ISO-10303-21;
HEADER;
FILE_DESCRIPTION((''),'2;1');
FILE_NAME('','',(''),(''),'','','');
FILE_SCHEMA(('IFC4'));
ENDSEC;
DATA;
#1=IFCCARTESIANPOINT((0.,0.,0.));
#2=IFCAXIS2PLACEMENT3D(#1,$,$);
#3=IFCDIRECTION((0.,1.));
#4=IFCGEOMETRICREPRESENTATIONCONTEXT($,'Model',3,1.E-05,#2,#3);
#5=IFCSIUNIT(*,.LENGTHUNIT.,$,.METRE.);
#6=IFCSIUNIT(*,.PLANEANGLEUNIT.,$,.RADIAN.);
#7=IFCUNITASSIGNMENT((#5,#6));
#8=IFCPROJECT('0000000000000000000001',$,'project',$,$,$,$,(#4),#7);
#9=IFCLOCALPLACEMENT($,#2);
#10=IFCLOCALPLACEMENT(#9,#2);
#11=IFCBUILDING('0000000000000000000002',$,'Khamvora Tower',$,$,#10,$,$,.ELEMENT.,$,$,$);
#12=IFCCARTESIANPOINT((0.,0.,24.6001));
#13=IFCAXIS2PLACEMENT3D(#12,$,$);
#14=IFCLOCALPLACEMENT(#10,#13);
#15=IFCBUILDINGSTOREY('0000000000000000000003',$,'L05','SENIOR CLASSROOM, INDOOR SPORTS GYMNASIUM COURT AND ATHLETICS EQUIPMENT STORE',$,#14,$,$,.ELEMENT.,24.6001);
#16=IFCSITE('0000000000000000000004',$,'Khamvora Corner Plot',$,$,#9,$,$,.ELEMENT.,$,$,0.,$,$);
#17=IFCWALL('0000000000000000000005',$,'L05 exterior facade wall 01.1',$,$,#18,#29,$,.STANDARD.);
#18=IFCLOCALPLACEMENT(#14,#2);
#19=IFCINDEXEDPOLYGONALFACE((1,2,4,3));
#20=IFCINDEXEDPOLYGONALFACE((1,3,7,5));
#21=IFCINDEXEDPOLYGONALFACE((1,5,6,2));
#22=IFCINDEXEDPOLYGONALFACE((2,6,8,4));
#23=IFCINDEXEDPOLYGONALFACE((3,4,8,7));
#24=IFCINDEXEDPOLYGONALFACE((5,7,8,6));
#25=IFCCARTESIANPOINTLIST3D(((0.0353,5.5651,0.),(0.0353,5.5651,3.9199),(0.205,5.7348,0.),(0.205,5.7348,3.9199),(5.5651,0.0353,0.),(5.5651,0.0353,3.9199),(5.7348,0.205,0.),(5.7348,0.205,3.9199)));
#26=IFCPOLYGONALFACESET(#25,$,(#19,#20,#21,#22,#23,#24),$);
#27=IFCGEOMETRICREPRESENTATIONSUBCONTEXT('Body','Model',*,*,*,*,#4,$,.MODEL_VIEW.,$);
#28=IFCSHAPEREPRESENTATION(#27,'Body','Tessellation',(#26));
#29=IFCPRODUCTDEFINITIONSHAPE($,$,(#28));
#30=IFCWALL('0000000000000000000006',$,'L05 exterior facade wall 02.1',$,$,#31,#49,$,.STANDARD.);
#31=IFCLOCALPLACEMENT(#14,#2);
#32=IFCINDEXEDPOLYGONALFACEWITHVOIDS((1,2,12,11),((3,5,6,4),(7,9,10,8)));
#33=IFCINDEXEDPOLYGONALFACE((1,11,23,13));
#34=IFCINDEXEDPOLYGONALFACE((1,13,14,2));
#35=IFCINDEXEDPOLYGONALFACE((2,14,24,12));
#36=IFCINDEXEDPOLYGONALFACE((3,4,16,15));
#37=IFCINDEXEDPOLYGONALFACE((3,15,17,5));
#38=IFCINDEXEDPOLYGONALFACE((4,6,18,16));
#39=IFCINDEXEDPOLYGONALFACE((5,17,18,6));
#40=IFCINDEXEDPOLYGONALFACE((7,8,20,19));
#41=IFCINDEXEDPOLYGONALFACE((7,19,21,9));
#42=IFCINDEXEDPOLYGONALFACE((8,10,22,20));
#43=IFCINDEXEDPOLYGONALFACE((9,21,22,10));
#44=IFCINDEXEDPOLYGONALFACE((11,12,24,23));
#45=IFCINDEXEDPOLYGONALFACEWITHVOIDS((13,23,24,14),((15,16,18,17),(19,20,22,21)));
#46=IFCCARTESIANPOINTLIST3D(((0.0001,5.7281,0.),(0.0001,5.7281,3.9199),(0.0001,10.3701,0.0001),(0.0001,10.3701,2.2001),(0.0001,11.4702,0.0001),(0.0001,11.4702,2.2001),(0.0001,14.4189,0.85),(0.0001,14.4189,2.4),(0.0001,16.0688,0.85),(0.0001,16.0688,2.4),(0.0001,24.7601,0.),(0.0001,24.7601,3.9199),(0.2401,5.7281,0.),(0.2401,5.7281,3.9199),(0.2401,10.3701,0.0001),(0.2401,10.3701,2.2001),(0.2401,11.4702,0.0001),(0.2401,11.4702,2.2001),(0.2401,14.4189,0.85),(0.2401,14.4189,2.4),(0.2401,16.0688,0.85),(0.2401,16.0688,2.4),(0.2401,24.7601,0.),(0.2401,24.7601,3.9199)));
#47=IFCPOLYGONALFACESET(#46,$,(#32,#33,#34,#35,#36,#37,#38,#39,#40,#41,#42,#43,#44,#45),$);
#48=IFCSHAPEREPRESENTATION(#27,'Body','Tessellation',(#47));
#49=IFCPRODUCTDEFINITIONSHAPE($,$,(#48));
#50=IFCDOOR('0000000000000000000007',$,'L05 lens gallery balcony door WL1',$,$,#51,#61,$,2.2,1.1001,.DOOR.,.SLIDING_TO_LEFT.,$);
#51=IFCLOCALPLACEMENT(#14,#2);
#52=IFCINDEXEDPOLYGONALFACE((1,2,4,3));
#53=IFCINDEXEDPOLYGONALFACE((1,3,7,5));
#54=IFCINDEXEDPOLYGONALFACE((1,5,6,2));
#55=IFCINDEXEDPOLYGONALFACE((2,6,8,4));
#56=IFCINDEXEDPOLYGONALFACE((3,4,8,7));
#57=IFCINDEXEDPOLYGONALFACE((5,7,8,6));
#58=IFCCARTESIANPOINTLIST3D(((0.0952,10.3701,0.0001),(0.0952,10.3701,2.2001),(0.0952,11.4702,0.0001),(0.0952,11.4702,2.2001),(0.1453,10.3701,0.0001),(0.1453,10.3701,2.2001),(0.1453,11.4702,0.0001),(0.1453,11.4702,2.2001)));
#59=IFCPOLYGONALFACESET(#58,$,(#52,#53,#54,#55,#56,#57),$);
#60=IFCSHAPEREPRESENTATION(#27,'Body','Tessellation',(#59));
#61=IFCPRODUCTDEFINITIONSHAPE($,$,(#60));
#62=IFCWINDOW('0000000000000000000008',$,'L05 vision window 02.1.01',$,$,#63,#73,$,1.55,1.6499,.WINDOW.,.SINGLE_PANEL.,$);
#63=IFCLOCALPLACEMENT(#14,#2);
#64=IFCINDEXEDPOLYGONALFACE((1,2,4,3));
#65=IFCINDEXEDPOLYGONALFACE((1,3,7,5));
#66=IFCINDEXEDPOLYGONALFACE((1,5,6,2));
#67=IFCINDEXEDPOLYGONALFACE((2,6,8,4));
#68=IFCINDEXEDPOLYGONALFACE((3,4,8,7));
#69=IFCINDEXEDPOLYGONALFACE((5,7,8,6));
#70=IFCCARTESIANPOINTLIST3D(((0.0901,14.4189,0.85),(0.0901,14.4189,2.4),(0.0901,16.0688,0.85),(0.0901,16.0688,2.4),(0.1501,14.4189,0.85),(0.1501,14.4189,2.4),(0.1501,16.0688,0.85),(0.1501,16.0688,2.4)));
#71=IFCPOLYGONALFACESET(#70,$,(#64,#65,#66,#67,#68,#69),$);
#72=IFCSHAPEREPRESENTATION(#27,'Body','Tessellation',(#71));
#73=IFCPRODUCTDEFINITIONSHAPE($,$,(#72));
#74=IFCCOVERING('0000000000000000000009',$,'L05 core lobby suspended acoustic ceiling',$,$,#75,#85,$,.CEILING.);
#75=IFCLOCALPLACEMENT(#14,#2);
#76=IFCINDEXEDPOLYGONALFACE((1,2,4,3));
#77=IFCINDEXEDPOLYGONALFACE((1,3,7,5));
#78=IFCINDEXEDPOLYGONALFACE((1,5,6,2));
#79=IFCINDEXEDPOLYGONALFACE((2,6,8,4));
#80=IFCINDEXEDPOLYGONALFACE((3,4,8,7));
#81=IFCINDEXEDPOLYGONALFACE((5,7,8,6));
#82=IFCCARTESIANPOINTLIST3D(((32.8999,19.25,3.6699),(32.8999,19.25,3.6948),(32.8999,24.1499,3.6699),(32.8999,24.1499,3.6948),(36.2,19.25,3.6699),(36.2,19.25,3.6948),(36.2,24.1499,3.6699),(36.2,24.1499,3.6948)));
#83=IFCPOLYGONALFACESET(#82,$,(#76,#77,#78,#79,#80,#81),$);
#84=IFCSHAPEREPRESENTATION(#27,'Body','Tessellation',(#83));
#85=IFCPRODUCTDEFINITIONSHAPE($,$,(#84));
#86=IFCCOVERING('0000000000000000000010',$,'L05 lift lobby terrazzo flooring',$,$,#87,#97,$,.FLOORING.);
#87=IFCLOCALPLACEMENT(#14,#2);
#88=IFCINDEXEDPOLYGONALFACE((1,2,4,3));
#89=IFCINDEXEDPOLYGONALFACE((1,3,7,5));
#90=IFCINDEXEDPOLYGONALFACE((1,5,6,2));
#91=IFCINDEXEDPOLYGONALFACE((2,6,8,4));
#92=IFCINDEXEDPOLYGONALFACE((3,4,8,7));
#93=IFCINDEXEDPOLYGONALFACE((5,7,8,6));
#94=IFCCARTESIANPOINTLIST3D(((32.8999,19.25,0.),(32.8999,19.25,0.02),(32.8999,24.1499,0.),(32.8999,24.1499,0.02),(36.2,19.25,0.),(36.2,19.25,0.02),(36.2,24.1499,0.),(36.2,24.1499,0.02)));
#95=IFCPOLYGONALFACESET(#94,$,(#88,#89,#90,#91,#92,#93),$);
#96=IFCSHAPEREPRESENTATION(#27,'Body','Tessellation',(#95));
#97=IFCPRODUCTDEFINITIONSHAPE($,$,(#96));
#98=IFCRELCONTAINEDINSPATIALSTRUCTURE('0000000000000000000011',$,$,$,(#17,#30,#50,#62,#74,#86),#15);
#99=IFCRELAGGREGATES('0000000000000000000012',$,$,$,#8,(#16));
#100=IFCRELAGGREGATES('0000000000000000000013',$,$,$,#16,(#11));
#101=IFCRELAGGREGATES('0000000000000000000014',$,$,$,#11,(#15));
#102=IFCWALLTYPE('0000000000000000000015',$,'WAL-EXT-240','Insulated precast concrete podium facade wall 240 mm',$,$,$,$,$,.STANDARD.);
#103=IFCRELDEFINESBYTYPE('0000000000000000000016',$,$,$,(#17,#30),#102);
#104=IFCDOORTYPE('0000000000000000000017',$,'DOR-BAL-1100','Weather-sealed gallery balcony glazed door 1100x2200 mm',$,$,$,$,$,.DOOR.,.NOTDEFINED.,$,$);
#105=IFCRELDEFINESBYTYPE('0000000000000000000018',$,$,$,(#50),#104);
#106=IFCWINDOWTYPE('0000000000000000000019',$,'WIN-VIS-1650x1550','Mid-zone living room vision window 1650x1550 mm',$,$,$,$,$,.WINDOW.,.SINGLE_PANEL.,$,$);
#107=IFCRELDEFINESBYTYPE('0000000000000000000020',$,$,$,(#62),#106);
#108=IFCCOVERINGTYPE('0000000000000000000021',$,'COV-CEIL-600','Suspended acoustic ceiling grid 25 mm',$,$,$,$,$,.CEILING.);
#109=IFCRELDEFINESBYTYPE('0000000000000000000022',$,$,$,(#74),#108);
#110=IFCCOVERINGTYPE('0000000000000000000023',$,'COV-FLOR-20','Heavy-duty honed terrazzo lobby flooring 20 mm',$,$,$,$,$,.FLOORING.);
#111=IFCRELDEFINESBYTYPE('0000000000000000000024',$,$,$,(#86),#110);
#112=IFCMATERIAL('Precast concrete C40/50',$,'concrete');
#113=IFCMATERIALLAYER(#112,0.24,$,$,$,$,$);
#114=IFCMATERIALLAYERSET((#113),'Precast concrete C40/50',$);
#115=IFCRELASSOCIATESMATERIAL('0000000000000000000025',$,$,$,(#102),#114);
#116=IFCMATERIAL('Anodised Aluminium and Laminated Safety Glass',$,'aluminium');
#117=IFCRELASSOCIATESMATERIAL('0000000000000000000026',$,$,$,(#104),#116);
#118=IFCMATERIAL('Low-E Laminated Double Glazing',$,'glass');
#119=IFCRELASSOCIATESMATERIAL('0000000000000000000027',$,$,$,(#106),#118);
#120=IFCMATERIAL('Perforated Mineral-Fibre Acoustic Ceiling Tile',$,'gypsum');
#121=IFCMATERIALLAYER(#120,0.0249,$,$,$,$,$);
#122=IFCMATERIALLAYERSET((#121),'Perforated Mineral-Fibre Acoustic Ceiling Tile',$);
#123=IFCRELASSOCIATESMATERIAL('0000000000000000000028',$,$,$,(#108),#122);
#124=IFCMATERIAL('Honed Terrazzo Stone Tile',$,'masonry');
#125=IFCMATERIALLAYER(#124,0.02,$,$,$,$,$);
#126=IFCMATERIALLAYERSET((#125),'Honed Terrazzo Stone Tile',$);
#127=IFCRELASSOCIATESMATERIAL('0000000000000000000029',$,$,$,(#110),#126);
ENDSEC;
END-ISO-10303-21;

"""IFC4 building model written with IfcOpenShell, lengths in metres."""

from ifc_helpers import new_model, si_unit, direction, frame, frame_2d, origin, place, context, subcontext, project, spatial, polyline, rectangle, outline, extrude, material, layer, layer_set, type_object, element, fill, save


model = new_model("IFC4")

# Units and contexts
model_context = context("Model", 3, precision=1e-05, world=origin(), true_north=direction((0.0, 1.0)))
body_context = subcontext(model_context, "Body", "Model", "MODEL_VIEW")
ifc_project = project(units=[si_unit("LENGTHUNIT", "METRE"), si_unit("PLANEANGLEUNIT", "RADIAN")], contexts=[model_context])

# Site, building, storey
site_placement = place(None, origin())
site = spatial("IfcSite", under=ifc_project, at=site_placement, Name="Khamvora Corner Plot", CompositionType="ELEMENT", RefElevation=0.0)
building_placement = place(site_placement, origin())
building = spatial("IfcBuilding", under=site, at=building_placement, Name="Khamvora Tower", CompositionType="ELEMENT")
storey_placement = place(building_placement, frame((0.0, 0.0, 24.6001)))
storey = spatial("IfcBuildingStorey", under=building, at=storey_placement, Name="L05", Description="SENIOR CLASSROOM, INDOOR SPORTS GYMNASIUM COURT AND ATHLETICS EQUIPMENT STORE", CompositionType="ELEMENT", Elevation=24.6001)

# Wall
ifc_material_1 = material(Name="Precast concrete C40/50", Category="concrete")
ifc_layer_1 = layer(ifc_material_1, 0.24)
ifc_layer_set_1 = layer_set([ifc_layer_1], Name="Precast concrete C40/50")
wall_type = type_object("IfcWallType", Name="WAL-EXT-240", Description="Insulated precast concrete podium facade wall 240 mm", PredefinedType="STANDARD", material=ifc_layer_set_1)
wall_1_placement = place(storey_placement, frame((5.6499, 0.1201, 0.0), z_axis=(0.0, 0.0, 1.0), x_axis=(-0.707107, 0.707107, 0.0)))
element("IfcWall", 1, at=wall_1_placement, inside=storey, type_object=wall_type, Name="L05 exterior facade wall 01.1", PredefinedType="STANDARD", context=body_context, shape_type="SweptSolid", body=[
    extrude(rectangle(XDim=7.8203, YDim=0.24, at=frame_2d((3.9102, 0.0))), origin(), (0.0, 0.0, 1.0), 3.9199),
])

# Wall, openings, door, window
wall_2_placement = place(storey_placement, frame((0.1201, 5.728, 0.0), z_axis=(0.0, 0.0, 1.0), x_axis=(0.0, 1.0, 0.0)))
wall_2 = element("IfcWall", 2, at=wall_2_placement, inside=storey, type_object=wall_type, Name="L05 exterior facade wall 02.1", PredefinedType="STANDARD", context=body_context, shape_type="SweptSolid", body=[
    extrude(rectangle(XDim=19.032, YDim=0.24, at=frame_2d((9.5161, 0.0))), origin(), (0.0, 0.0, 1.0), 3.9199),
])
opening_1_placement = place(wall_2_placement, frame((4.6421, 0.0, 0.0)))
opening_1 = element("IfcOpeningElement", 3, at=opening_1_placement, cuts=wall_2, PredefinedType="OPENING", context=body_context, shape_type="SweptSolid", body=[
    extrude(rectangle(XDim=1.1001, YDim=2.2, at=frame_2d((0.55, 1.1001))), frame((0.0, 0.1299, 0.0), z_axis=(0.0, -1.0, 0.0), x_axis=(1.0, 0.0, 0.0)), (0.0, 0.0, 1.0), 0.26),
])
opening_2_placement = place(wall_2_placement, frame((8.6909, 0.0, 0.8501)))
opening_2 = element("IfcOpeningElement", 4, at=opening_2_placement, cuts=wall_2, PredefinedType="OPENING", context=body_context, shape_type="SweptSolid", body=[
    extrude(rectangle(XDim=1.6499, YDim=1.55, at=frame_2d((0.825, 0.7749))), frame((0.0, 0.1299, 0.0), z_axis=(0.0, -1.0, 0.0), x_axis=(1.0, 0.0, 0.0)), (0.0, 0.0, 1.0), 0.26),
])
ifc_material_2 = material(Name="Anodised Aluminium and Laminated Safety Glass", Category="aluminium")
door_type = type_object("IfcDoorType", Name="DOR-BAL-1100", Description="Weather-sealed gallery balcony glazed door 1100x2200 mm", OperationType="NOTDEFINED", PredefinedType="DOOR", material=ifc_material_2)
door_placement = place(opening_1_placement, origin())
door = element("IfcDoor", 5, at=door_placement, inside=storey, type_object=door_type, Name="L05 lens gallery balcony door WL1", OperationType="SLIDING_TO_LEFT", OverallHeight=2.2, OverallWidth=1.1001, PredefinedType="DOOR", context=body_context, shape_type="SweptSolid", body=[
    extrude(rectangle(XDim=1.1001, YDim=2.2, at=frame_2d((0.55, 1.1001))), frame((0.0, 0.0249, 0.0), z_axis=(0.0, -1.0, 0.0), x_axis=(1.0, 0.0, 0.0)), (0.0, 0.0, 1.0), 0.05),
])
fill(opening_1, door)
ifc_material_3 = material(Name="Low-E Laminated Double Glazing", Category="glass")
window_type = type_object("IfcWindowType", Name="WIN-VIS-1650x1550", Description="Mid-zone living room vision window 1650x1550 mm", PartitioningType="SINGLE_PANEL", PredefinedType="WINDOW", material=ifc_material_3)
window_placement = place(opening_2_placement, origin())
window = element("IfcWindow", 6, at=window_placement, inside=storey, type_object=window_type, Name="L05 vision window 02.1.01", OverallHeight=1.55, OverallWidth=1.6499, PartitioningType="SINGLE_PANEL", PredefinedType="WINDOW", context=body_context, shape_type="SweptSolid", body=[
    extrude(rectangle(XDim=1.6499, YDim=1.55, at=frame_2d((0.825, 0.7749))), frame((0.0, 0.03, 0.0), z_axis=(0.0, -1.0, 0.0), x_axis=(1.0, 0.0, 0.0)), (0.0, 0.0, 1.0), 0.0601),
])
fill(opening_2, window)

# Coverings
ifc_material_4 = material(Name="Perforated Mineral-Fibre Acoustic Ceiling Tile", Category="gypsum")
ifc_layer_2 = layer(ifc_material_4, 0.0249)
ifc_layer_set_2 = layer_set([ifc_layer_2], Name="Perforated Mineral-Fibre Acoustic Ceiling Tile")
covering_type_1 = type_object("IfcCoveringType", Name="COV-CEIL-600", Description="Suspended acoustic ceiling grid 25 mm", PredefinedType="CEILING", material=ifc_layer_set_2)
covering_1_placement = place(storey_placement, frame((0.0, 0.0, 3.6699)))
element("IfcCovering", 7, at=covering_1_placement, inside=storey, type_object=covering_type_1, Name="L05 core lobby suspended acoustic ceiling", PredefinedType="CEILING", context=body_context, shape_type="SweptSolid", body=[
    extrude(outline(polyline([(32.8999, 19.25), (36.2, 19.25), (36.2, 24.1499), (32.8999, 24.1499), (32.8999, 19.25)])), origin(), (0.0, 0.0, 1.0), 0.0249),
])
ifc_material_5 = material(Name="Honed Terrazzo Stone Tile", Category="masonry")
ifc_layer_3 = layer(ifc_material_5, 0.02)
ifc_layer_set_3 = layer_set([ifc_layer_3], Name="Honed Terrazzo Stone Tile")
covering_type_2 = type_object("IfcCoveringType", Name="COV-FLOR-20", Description="Heavy-duty honed terrazzo lobby flooring 20 mm", PredefinedType="FLOORING", material=ifc_layer_set_3)
covering_2_placement = place(storey_placement, origin())
element("IfcCovering", 8, at=covering_2_placement, inside=storey, type_object=covering_type_2, Name="L05 lift lobby terrazzo flooring", PredefinedType="FLOORING", context=body_context, shape_type="SweptSolid", body=[
    extrude(outline(polyline([(32.8999, 19.25), (36.2, 19.25), (36.2, 24.1499), (32.8999, 24.1499), (32.8999, 19.25)])), origin(), (0.0, 0.0, 1.0), 0.02),
])

save(model, "model.ifc")
